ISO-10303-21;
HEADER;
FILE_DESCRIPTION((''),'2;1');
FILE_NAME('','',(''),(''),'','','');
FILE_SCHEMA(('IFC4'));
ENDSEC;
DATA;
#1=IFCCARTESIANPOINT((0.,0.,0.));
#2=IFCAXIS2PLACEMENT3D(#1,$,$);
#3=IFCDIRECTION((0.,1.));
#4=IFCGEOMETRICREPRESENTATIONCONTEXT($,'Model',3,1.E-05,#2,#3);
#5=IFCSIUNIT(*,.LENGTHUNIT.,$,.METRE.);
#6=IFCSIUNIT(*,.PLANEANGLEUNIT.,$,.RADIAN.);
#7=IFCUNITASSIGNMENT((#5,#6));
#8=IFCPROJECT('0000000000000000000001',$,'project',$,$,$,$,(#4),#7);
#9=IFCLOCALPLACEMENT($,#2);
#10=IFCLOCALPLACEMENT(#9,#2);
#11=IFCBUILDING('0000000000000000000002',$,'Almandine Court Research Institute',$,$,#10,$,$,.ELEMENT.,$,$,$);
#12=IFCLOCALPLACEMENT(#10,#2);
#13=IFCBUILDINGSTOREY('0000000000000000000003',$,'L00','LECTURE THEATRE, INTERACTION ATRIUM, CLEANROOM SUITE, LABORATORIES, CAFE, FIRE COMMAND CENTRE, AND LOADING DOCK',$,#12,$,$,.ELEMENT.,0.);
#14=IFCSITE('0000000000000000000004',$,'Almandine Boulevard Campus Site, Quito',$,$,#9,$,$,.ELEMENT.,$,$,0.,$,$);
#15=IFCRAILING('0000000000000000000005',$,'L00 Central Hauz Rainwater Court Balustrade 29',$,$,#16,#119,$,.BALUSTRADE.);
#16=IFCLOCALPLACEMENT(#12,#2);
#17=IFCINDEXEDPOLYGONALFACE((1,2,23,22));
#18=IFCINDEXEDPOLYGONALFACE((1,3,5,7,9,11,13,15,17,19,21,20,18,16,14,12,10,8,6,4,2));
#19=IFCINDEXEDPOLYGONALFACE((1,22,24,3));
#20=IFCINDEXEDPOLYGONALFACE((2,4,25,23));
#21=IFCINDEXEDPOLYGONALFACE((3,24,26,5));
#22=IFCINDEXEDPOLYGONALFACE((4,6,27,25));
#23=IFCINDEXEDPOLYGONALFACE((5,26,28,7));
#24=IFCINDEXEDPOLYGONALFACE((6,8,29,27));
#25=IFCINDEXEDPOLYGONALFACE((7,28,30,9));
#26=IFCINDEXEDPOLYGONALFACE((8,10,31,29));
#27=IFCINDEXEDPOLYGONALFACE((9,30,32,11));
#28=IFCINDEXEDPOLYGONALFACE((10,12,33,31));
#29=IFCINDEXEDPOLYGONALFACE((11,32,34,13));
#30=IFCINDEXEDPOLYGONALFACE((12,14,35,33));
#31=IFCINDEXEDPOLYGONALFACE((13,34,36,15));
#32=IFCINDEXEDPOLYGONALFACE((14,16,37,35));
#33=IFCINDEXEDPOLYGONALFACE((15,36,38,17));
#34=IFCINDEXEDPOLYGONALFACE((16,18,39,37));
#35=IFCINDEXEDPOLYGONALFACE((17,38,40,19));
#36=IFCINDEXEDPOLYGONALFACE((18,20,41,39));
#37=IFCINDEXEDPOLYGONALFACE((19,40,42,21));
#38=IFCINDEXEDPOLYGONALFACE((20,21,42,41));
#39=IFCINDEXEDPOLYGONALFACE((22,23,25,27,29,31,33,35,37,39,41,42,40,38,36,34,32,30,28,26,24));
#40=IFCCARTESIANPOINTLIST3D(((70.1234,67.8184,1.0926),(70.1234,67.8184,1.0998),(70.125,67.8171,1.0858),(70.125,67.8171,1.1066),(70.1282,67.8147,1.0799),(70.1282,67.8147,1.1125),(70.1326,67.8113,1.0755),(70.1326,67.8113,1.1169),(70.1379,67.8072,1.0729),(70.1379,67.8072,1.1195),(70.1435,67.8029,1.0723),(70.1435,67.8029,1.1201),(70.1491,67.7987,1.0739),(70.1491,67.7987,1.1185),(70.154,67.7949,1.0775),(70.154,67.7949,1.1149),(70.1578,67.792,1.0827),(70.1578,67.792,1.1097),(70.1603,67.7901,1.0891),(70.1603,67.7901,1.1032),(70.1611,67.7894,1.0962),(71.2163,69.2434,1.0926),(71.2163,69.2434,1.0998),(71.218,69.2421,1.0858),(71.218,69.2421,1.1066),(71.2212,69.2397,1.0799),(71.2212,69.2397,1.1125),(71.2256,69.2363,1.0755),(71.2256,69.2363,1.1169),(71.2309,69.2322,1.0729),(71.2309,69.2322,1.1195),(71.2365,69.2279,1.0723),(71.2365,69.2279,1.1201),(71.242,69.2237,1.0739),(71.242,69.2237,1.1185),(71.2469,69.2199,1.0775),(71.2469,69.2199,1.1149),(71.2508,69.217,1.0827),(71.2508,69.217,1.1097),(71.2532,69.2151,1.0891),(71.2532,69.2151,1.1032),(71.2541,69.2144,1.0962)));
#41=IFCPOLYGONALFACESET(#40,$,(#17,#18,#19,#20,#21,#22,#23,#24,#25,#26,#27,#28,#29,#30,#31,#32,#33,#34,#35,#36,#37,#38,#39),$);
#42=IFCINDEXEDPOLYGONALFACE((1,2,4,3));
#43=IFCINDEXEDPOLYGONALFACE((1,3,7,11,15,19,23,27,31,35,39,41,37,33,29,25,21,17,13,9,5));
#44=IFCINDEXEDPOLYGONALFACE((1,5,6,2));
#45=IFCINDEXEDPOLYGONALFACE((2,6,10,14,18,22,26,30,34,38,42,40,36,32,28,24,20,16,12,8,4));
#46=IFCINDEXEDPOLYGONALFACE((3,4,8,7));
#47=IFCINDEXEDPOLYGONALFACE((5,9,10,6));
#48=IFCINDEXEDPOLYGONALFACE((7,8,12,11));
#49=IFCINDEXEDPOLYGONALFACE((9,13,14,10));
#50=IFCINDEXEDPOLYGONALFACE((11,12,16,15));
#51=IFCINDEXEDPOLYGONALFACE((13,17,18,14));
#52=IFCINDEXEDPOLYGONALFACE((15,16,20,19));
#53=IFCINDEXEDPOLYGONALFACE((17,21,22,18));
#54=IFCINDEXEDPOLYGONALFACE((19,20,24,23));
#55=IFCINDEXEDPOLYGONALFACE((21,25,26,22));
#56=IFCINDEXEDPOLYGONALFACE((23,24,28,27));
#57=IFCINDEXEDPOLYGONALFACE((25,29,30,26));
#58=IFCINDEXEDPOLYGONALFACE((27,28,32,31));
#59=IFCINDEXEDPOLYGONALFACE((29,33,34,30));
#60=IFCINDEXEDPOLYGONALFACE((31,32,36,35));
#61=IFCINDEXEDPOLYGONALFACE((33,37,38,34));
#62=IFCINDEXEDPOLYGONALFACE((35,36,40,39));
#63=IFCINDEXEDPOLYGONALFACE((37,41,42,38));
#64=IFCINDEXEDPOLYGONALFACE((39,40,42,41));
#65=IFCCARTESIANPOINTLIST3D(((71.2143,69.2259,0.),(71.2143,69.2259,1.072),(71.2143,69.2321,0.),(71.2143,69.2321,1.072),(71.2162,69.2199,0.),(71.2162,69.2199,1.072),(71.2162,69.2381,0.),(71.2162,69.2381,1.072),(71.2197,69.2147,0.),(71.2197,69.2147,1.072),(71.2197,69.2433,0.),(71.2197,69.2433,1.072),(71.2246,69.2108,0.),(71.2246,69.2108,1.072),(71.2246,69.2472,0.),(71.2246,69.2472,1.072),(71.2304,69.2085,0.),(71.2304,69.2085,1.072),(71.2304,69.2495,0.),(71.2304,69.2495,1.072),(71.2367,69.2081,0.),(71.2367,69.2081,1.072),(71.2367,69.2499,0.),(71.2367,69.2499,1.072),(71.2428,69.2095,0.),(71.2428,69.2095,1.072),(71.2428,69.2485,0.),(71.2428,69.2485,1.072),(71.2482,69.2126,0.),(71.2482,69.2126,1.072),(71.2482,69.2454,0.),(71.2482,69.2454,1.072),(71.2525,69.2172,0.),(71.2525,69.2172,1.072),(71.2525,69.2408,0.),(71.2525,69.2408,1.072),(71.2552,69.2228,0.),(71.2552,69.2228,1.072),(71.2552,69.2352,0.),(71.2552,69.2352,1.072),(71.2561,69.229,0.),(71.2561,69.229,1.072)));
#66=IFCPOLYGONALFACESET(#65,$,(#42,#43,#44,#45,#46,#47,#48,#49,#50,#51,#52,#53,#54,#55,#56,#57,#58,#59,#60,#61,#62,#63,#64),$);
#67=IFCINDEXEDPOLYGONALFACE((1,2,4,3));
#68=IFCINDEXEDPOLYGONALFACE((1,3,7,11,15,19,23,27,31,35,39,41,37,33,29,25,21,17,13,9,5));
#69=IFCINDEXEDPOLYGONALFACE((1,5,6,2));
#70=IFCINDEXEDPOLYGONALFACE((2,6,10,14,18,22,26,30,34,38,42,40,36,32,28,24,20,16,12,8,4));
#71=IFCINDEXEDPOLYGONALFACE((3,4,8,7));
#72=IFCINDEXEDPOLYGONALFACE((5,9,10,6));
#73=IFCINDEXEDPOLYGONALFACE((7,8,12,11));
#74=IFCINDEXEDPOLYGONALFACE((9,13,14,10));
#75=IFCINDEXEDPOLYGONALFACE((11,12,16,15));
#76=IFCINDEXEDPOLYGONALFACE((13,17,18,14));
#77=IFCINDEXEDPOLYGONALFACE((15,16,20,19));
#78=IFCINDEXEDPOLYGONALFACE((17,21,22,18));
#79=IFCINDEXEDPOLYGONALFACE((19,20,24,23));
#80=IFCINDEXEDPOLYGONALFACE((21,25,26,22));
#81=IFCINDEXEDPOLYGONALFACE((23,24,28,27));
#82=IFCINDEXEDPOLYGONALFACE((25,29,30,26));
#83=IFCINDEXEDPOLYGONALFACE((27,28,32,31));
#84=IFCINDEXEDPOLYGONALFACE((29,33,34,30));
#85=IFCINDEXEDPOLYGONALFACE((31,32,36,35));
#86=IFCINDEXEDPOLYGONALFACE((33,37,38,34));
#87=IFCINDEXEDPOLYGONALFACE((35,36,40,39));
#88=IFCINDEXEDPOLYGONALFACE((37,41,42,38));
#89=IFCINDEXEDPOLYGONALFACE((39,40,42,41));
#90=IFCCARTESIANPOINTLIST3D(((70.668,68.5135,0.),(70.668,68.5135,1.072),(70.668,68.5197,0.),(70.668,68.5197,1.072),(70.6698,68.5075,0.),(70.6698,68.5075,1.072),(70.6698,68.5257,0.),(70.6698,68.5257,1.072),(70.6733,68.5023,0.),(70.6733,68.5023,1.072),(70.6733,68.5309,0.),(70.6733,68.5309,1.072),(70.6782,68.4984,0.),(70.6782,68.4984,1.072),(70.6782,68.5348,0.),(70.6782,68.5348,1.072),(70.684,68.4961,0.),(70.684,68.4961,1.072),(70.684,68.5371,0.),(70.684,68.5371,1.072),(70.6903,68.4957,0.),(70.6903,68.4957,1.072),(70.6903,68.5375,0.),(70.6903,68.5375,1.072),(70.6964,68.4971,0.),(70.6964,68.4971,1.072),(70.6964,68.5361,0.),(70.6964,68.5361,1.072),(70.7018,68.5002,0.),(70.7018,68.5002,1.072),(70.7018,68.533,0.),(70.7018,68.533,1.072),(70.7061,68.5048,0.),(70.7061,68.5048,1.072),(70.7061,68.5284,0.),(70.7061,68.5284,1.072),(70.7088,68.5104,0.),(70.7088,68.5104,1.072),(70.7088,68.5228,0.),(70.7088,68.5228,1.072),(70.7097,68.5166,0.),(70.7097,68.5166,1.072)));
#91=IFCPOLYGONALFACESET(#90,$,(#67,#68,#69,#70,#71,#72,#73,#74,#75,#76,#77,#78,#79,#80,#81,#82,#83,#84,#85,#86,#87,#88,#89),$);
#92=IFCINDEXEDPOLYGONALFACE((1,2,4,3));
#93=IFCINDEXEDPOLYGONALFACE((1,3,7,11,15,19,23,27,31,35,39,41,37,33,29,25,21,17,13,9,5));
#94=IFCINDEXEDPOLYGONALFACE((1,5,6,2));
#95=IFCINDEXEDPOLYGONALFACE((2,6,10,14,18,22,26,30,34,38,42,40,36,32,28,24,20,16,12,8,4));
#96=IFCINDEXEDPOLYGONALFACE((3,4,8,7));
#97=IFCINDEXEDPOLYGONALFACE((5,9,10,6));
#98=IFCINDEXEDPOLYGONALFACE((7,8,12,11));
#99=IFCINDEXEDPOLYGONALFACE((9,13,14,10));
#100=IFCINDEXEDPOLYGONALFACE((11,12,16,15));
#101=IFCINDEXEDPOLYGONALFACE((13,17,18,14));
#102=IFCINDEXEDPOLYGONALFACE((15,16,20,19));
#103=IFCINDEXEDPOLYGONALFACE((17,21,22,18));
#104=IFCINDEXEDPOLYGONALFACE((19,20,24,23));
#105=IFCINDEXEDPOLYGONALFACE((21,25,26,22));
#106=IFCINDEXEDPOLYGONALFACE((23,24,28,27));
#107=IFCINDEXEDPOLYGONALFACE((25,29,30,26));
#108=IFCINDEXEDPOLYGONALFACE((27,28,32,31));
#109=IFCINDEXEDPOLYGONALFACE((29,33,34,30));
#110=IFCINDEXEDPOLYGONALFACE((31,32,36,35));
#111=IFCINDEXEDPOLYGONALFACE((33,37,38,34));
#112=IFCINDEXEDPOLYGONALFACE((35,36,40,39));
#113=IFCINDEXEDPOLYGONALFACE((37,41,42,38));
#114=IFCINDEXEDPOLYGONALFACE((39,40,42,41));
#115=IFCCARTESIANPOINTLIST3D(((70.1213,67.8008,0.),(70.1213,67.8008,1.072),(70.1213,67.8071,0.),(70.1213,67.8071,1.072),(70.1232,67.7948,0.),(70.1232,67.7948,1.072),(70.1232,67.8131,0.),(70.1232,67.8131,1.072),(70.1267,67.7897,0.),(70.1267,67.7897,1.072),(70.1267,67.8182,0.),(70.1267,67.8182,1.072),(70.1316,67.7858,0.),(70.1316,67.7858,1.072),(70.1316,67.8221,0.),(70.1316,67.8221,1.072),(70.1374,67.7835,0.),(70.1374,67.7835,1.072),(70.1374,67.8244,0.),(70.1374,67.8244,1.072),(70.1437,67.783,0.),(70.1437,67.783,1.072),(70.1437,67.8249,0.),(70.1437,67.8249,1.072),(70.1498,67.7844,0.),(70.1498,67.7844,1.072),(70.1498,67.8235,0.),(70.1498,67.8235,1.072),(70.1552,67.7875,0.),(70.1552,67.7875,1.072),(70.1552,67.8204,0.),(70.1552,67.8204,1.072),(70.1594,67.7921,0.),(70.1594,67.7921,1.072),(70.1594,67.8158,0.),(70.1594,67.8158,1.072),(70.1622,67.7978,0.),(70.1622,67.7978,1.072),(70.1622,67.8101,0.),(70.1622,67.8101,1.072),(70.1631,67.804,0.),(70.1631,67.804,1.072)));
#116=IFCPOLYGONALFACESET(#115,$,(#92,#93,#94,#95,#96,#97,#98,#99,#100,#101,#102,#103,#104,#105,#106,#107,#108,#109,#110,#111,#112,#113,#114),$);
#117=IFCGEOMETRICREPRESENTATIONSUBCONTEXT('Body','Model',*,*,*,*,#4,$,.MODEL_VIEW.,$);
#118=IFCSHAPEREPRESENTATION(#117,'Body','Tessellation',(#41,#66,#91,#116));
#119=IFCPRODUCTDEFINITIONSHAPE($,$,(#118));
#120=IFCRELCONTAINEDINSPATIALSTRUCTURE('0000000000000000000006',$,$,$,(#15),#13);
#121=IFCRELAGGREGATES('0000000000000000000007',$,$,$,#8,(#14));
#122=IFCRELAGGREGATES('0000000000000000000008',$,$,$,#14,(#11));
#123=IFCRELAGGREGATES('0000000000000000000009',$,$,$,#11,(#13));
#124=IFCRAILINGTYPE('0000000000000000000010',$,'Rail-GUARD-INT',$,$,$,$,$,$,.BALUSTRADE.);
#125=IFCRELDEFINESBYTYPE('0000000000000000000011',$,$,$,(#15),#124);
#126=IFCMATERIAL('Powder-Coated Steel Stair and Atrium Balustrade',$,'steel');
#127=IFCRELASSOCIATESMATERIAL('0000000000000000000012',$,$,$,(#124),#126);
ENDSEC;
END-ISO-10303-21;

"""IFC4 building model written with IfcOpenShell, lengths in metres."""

from ifc_helpers import new_model, si_unit, direction, frame, origin, origin_2d, place, context, subcontext, project, spatial, circle, extrude, material, type_object, element, save


model = new_model("IFC4")

# Units and contexts
model_context = context("Model", 3, precision=1e-05, world=origin(), true_north=direction((0.0, 1.0)))
body_context = subcontext(model_context, "Body", "Model", "MODEL_VIEW")
ifc_project = project(units=[si_unit("LENGTHUNIT", "METRE"), si_unit("PLANEANGLEUNIT", "RADIAN")], contexts=[model_context])

# Site, building, storey
site_placement = place(None, origin())
site = spatial("IfcSite", under=ifc_project, at=site_placement, Name="Almandine Boulevard Campus Site, Quito", CompositionType="ELEMENT", RefElevation=0.0)
building_placement = place(site_placement, origin())
building = spatial("IfcBuilding", under=site, at=building_placement, Name="Almandine Court Research Institute", CompositionType="ELEMENT")
storey_placement = place(building_placement, origin())
storey = spatial("IfcBuildingStorey", under=building, at=storey_placement, Name="L00", Description="LECTURE THEATRE, INTERACTION ATRIUM, CLEANROOM SUITE, LABORATORIES, CAFE, FIRE COMMAND CENTRE, AND LOADING DOCK", CompositionType="ELEMENT", Elevation=0.0)

# Railing
ifc_material_1 = material(Name="Powder-Coated Steel Stair and Atrium Balustrade", Category="steel")
railing_type = type_object("IfcRailingType", Name="Rail-GUARD-INT", PredefinedType="BALUSTRADE", material=ifc_material_1)
railing_1_placement = place(storey_placement, frame((71.2351, 69.229, 0.0)))
element("IfcRailing", 1, at=railing_1_placement, inside=storey, type_object=railing_type, Name="L00 Central Hauz Rainwater Court Balustrade 29", PredefinedType="BALUSTRADE", context=body_context, shape_type="SweptSolid", body=[
    extrude(circle(Radius=0.0239, at=origin_2d()), frame((0.0, 0.0, 1.0962), z_axis=(-0.6086, -0.793477, 0.0), x_axis=(0.793477, -0.6086, 0.0)), (0.0, 0.0, 1.0), 1.7959),
    extrude(circle(Radius=0.021, at=origin_2d()), origin(), (0.0, 0.0, 1.0), 1.072),
    extrude(circle(Radius=0.021, at=origin_2d()), frame((-0.5464, -0.7124, 0.0)), (0.0, 0.0, 1.0), 1.072),
    extrude(circle(Radius=0.021, at=origin_2d()), frame((-1.093, -1.425, 0.0)), (0.0, 0.0, 1.0), 1.072),
])

save(model, "model.ifc")
